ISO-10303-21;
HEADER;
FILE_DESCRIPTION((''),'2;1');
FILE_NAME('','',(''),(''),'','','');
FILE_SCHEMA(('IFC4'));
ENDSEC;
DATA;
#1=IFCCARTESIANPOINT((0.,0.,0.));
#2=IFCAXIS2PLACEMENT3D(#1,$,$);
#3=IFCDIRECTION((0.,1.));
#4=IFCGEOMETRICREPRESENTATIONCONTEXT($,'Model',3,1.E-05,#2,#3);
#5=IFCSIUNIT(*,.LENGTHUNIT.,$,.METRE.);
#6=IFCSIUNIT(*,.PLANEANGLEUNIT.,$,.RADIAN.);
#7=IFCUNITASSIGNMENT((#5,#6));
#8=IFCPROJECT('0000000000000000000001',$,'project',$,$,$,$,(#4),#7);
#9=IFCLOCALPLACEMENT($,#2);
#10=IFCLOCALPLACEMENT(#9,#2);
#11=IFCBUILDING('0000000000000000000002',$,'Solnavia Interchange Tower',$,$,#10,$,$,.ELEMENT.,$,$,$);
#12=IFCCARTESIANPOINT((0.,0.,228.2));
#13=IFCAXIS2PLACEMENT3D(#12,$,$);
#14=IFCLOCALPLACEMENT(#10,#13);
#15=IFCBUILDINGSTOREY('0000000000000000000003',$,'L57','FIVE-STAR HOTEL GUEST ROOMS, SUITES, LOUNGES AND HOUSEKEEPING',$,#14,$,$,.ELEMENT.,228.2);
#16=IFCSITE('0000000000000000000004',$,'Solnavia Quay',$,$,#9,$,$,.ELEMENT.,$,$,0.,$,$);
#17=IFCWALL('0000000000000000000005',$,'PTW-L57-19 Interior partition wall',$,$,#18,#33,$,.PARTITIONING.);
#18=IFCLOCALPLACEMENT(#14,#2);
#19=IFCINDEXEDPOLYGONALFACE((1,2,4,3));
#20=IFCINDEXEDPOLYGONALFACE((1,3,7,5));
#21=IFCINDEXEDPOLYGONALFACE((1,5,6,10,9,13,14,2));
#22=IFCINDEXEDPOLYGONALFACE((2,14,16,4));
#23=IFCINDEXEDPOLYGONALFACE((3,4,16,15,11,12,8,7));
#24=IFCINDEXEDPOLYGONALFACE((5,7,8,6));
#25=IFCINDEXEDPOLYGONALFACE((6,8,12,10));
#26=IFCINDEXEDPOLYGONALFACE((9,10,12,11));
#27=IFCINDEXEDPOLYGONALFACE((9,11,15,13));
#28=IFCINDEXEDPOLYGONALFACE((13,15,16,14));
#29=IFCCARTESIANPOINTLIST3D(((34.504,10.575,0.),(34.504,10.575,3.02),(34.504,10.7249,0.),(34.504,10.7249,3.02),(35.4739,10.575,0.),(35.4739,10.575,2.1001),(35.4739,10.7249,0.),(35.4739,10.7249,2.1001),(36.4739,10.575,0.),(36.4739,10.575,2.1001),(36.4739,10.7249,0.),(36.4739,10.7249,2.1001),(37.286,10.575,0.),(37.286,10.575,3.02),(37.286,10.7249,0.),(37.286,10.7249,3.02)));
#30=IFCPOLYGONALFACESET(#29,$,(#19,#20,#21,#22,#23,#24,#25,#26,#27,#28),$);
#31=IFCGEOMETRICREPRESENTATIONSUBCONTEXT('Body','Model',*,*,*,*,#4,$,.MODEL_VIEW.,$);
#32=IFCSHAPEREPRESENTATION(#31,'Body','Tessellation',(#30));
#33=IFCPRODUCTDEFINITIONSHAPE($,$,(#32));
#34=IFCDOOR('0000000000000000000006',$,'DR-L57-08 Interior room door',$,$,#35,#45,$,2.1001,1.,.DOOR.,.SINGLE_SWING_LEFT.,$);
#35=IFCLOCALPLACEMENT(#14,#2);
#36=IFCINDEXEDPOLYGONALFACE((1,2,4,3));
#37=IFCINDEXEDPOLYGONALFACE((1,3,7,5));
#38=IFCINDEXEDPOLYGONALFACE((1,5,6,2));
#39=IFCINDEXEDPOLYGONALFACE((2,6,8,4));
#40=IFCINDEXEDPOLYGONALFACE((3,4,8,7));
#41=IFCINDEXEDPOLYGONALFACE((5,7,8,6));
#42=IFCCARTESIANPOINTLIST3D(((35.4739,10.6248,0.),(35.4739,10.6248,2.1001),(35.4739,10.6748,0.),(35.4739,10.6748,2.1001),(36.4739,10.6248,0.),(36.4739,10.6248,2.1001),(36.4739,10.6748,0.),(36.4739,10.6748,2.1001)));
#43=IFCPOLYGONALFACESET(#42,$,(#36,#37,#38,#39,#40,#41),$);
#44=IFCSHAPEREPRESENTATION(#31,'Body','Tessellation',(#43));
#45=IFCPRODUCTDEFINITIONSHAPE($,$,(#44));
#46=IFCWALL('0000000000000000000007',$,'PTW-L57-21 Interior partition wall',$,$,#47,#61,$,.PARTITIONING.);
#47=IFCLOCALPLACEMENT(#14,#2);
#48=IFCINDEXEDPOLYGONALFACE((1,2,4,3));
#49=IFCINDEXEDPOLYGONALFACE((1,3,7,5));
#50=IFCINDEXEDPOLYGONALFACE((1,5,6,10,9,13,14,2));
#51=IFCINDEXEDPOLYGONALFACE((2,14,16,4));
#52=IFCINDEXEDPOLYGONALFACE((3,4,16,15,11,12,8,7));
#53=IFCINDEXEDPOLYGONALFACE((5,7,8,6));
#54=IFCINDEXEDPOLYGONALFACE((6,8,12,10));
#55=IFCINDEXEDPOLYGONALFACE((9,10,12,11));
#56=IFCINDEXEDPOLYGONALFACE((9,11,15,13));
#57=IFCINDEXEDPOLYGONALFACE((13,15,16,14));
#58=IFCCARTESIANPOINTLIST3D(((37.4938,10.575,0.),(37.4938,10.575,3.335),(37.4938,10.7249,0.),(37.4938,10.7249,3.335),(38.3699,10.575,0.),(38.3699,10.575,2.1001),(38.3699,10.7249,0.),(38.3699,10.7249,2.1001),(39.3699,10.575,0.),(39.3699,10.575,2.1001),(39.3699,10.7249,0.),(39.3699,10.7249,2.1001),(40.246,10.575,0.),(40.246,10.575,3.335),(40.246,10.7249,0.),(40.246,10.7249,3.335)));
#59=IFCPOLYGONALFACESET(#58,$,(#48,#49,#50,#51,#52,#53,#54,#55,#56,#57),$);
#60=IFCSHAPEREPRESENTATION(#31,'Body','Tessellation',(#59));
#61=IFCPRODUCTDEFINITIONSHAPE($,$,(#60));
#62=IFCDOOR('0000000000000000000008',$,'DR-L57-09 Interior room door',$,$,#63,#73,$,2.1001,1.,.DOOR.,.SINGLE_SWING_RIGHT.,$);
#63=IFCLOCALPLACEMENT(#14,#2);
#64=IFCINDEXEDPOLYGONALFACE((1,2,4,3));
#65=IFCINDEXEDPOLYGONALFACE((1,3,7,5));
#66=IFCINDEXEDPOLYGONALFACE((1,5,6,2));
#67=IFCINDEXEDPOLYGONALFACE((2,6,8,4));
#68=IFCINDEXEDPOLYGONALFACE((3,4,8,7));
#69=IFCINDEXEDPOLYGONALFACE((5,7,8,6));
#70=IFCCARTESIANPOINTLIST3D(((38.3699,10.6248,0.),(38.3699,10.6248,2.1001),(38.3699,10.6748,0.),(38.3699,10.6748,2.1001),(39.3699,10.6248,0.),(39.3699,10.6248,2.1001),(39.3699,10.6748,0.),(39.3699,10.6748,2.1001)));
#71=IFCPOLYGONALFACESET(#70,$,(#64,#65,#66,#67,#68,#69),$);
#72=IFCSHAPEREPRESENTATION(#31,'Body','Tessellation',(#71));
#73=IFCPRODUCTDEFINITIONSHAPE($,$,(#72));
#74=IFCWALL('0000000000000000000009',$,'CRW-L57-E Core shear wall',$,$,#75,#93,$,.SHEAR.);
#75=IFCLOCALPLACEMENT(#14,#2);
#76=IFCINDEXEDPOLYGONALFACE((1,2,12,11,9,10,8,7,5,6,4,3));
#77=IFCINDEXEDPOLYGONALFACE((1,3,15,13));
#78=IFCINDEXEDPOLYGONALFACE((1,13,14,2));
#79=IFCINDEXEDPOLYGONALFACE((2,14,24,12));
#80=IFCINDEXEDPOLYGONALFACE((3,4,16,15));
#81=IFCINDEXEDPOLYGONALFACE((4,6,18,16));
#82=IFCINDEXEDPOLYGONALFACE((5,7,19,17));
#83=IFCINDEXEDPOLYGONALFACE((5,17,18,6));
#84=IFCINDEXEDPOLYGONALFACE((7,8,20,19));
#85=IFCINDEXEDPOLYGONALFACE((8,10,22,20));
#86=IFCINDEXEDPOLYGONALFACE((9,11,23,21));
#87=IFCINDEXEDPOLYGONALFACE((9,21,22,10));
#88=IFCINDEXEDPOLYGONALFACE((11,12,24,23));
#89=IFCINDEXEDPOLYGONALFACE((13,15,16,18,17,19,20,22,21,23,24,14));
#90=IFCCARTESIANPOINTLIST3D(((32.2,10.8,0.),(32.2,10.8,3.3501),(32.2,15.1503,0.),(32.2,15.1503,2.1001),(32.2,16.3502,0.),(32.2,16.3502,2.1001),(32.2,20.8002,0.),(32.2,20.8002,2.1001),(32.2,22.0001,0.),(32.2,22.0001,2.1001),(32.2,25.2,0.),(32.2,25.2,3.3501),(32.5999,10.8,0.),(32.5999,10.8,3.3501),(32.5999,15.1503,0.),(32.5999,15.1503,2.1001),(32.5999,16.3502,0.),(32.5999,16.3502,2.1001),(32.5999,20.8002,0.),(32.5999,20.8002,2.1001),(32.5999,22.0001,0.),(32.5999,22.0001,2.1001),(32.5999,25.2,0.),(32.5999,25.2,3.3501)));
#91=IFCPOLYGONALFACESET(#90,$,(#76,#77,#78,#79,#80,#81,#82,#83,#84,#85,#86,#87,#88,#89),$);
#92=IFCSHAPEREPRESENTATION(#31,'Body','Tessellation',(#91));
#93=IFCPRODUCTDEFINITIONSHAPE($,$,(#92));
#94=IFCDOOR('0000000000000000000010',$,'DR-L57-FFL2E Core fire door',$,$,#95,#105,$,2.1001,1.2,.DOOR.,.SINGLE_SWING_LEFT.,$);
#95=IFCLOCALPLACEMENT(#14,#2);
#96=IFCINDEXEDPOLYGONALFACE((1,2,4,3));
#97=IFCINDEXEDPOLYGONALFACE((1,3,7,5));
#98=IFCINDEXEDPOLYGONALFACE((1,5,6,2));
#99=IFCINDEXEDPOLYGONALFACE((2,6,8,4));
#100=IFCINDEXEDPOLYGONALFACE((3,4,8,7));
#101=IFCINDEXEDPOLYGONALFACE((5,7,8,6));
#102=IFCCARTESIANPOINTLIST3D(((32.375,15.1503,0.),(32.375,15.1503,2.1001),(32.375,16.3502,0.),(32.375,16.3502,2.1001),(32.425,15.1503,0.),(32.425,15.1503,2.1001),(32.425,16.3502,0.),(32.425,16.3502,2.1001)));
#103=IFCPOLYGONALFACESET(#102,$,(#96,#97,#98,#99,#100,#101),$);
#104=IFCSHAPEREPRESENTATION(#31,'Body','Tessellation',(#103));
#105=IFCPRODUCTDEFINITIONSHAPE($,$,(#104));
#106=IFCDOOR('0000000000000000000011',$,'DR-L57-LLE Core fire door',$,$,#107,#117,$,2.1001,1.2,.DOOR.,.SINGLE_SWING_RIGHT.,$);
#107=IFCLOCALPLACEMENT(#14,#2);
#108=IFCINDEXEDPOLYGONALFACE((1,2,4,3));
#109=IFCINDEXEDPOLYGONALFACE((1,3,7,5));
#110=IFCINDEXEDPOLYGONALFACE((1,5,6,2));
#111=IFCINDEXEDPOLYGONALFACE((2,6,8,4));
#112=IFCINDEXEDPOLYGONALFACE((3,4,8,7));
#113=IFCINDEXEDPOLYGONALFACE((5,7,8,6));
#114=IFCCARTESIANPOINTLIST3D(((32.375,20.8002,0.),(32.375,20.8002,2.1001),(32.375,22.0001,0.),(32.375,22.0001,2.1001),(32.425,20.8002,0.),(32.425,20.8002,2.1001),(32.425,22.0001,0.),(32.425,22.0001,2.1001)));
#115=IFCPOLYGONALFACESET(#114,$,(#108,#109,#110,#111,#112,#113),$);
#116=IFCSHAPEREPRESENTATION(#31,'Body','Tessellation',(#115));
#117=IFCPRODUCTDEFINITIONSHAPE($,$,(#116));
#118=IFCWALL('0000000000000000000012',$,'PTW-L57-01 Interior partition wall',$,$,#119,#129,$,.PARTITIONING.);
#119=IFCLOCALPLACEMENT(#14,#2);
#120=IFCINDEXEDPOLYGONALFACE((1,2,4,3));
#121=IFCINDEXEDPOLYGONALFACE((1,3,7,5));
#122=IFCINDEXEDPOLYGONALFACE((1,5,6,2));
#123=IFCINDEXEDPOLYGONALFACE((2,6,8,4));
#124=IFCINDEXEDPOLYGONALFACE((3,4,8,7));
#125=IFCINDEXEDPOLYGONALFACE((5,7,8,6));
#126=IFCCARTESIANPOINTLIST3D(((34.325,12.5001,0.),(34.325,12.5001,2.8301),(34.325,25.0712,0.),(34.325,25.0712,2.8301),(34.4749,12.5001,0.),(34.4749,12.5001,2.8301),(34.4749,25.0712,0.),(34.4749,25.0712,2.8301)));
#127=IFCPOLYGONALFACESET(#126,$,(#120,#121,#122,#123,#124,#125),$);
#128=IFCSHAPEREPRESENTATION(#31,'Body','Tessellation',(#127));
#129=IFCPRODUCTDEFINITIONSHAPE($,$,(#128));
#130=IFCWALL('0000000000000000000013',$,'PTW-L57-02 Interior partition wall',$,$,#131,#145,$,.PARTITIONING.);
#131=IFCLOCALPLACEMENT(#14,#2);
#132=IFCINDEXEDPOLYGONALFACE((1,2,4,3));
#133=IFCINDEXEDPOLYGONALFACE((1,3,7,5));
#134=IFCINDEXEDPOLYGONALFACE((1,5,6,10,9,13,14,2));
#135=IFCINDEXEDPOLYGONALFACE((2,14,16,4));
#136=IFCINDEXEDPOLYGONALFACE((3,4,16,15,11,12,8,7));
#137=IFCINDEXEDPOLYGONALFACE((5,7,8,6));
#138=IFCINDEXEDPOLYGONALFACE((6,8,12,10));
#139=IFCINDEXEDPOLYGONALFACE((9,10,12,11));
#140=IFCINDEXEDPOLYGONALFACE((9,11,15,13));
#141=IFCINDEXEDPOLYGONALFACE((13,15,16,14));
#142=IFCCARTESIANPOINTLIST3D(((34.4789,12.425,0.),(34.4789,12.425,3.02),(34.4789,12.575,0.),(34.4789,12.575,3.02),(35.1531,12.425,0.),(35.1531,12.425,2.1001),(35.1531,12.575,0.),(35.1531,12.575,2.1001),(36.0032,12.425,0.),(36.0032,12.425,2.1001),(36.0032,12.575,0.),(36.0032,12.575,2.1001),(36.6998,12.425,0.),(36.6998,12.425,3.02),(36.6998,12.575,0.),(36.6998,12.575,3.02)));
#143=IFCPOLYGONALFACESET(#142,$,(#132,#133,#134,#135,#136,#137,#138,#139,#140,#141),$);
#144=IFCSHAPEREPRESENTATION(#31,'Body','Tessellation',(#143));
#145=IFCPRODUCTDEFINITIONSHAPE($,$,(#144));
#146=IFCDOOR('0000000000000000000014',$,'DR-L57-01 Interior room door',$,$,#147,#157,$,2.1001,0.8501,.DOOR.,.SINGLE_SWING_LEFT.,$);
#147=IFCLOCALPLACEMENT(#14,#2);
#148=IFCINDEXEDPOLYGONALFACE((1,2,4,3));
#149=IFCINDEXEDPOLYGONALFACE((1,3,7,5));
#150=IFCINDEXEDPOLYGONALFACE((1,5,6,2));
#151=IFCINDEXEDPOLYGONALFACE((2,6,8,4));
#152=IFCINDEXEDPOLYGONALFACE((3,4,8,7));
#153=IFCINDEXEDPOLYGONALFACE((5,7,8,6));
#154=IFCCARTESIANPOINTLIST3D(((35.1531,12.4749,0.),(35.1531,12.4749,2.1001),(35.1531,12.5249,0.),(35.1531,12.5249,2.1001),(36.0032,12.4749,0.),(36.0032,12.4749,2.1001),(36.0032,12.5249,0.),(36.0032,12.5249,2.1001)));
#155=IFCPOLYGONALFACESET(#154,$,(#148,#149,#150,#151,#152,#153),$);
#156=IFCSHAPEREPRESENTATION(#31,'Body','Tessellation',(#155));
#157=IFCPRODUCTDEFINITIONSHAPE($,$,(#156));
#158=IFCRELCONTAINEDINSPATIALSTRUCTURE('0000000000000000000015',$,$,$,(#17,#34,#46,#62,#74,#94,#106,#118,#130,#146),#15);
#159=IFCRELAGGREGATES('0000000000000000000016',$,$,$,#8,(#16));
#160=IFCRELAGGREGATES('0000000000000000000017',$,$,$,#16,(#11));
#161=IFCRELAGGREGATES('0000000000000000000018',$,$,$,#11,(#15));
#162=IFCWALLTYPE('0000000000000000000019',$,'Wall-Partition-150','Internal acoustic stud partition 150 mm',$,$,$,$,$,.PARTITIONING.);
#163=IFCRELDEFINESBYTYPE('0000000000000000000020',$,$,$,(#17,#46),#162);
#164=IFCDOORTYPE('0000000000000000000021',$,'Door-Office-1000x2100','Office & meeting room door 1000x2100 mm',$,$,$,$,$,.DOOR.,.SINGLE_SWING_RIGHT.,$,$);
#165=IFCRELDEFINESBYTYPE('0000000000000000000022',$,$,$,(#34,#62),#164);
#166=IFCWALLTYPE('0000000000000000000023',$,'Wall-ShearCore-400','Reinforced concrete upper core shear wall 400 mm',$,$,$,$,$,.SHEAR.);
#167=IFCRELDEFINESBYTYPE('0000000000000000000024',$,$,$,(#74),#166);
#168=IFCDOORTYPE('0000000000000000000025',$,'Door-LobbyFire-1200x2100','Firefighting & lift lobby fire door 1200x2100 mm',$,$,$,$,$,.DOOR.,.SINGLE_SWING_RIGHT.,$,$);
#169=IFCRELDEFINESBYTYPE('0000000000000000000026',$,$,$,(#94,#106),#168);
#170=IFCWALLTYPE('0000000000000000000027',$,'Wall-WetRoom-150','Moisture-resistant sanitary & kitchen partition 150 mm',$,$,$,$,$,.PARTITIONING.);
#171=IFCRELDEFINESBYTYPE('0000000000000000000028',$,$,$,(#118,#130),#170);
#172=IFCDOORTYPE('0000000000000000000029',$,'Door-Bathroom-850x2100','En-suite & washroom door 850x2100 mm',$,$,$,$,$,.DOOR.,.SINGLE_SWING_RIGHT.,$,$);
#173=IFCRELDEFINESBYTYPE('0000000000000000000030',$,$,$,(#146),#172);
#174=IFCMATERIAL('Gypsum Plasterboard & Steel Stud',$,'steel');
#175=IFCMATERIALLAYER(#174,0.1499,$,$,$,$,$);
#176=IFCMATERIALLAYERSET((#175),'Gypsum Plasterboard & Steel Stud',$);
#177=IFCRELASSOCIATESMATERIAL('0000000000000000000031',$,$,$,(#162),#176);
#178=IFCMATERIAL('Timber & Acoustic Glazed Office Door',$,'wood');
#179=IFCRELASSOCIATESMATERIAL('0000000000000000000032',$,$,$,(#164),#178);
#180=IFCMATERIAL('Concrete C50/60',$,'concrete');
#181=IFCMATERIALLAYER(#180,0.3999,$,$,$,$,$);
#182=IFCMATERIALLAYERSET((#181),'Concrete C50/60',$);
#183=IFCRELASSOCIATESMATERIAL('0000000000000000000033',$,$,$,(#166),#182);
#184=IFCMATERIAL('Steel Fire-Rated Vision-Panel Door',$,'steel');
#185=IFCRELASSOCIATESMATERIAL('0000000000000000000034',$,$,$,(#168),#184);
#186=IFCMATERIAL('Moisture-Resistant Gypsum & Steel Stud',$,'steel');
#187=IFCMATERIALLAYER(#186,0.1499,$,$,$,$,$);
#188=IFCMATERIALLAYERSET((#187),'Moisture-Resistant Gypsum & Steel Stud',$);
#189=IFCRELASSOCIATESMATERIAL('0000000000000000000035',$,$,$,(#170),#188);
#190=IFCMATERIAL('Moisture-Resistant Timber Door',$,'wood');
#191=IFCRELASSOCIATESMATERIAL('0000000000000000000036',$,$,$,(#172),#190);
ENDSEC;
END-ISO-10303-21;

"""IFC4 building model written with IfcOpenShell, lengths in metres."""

from ifc_helpers import new_model, si_unit, direction, frame, frame_2d, origin, place, context, subcontext, project, spatial, rectangle, extrude, material, layer, layer_set, type_object, element, fill, save


model = new_model("IFC4")

# Units and contexts
model_context = context("Model", 3, precision=1e-05, world=origin(), true_north=direction((0.0, 1.0)))
body_context = subcontext(model_context, "Body", "Model", "MODEL_VIEW")
ifc_project = project(units=[si_unit("LENGTHUNIT", "METRE"), si_unit("PLANEANGLEUNIT", "RADIAN")], contexts=[model_context])

# Site, building, storey
site_placement = place(None, origin())
site = spatial("IfcSite", under=ifc_project, at=site_placement, Name="Solnavia Quay", CompositionType="ELEMENT", RefElevation=0.0)
building_placement = place(site_placement, origin())
building = spatial("IfcBuilding", under=site, at=building_placement, Name="Solnavia Interchange Tower", CompositionType="ELEMENT")
storey_placement = place(building_placement, frame((0.0, 0.0, 228.2)))
storey = spatial("IfcBuildingStorey", under=building, at=storey_placement, Name="L57", Description="FIVE-STAR HOTEL GUEST ROOMS, SUITES, LOUNGES AND HOUSEKEEPING", CompositionType="ELEMENT", Elevation=228.2)

# Shared definitions
ifc_material_1 = material(Name="Concrete C50/60", Category="concrete")

# Walls, openings, doors
ifc_material_2 = material(Name="Gypsum Plasterboard & Steel Stud", Category="steel")
ifc_layer_1 = layer(ifc_material_2, 0.1499)
ifc_layer_set_1 = layer_set([ifc_layer_1], Name="Gypsum Plasterboard & Steel Stud")
wall_type_1 = type_object("IfcWallType", Name="Wall-Partition-150", Description="Internal acoustic stud partition 150 mm", PredefinedType="PARTITIONING", material=ifc_layer_set_1)
wall_1_placement = place(storey_placement, frame((34.5039, 10.6499, 0.0), z_axis=(0.0, 0.0, 1.0), x_axis=(1.0, 0.0, 0.0)))
wall_1 = element("IfcWall", 1, at=wall_1_placement, inside=storey, type_object=wall_type_1, Name="PTW-L57-19 Interior partition wall", PredefinedType="PARTITIONING", context=body_context, shape_type="SweptSolid", body=[
    extrude(rectangle(XDim=2.782, YDim=0.1499, at=frame_2d((1.3911, 0.0))), origin(), (0.0, 0.0, 1.0), 3.02),
])
opening_1_placement = place(wall_1_placement, frame((0.97, 0.0, 0.0)))
opening_1 = element("IfcOpeningElement", 2, at=opening_1_placement, cuts=wall_1, PredefinedType="OPENING", context=body_context, shape_type="SweptSolid", body=[
    extrude(rectangle(XDim=1.0, YDim=2.1001, at=frame_2d((0.5, 1.05))), frame((0.0, 0.085, 0.0), z_axis=(0.0, -1.0, 0.0), x_axis=(1.0, 0.0, 0.0)), (0.0, 0.0, 1.0), 0.1699),
])
ifc_material_3 = material(Name="Timber & Acoustic Glazed Office Door", Category="wood")
door_type_1 = type_object("IfcDoorType", Name="Door-Office-1000x2100", Description="Office & meeting room door 1000x2100 mm", OperationType="SINGLE_SWING_RIGHT", PredefinedType="DOOR", material=ifc_material_3)
door_1_placement = place(opening_1_placement, origin())
door_1 = element("IfcDoor", 3, at=door_1_placement, inside=storey, type_object=door_type_1, Name="DR-L57-08 Interior room door", OperationType="SINGLE_SWING_LEFT", OverallHeight=2.1001, OverallWidth=1.0, PredefinedType="DOOR", context=body_context, shape_type="SweptSolid", body=[
    extrude(rectangle(XDim=1.0, YDim=2.1001, at=frame_2d((0.5, 1.05))), frame((0.0, 0.0249, 0.0), z_axis=(0.0, -1.0, 0.0), x_axis=(1.0, 0.0, 0.0)), (0.0, 0.0, 1.0), 0.05),
])
fill(opening_1, door_1)
wall_2_placement = place(storey_placement, frame((37.4939, 10.6499, 0.0), z_axis=(0.0, 0.0, 1.0), x_axis=(1.0, 0.0, 0.0)))
wall_2 = element("IfcWall", 4, at=wall_2_placement, inside=storey, type_object=wall_type_1, Name="PTW-L57-21 Interior partition wall", PredefinedType="PARTITIONING", context=body_context, shape_type="SweptSolid", body=[
    extrude(rectangle(XDim=2.7522, YDim=0.1499, at=frame_2d((1.376, 0.0))), origin(), (0.0, 0.0, 1.0), 3.335),
])
opening_2_placement = place(wall_2_placement, frame((0.876, 0.0, 0.0)))
opening_2 = element("IfcOpeningElement", 5, at=opening_2_placement, cuts=wall_2, PredefinedType="OPENING", context=body_context, shape_type="SweptSolid", body=[
    extrude(rectangle(XDim=1.0, YDim=2.1001, at=frame_2d((0.5, 1.05))), frame((0.0, 0.085, 0.0), z_axis=(0.0, -1.0, 0.0), x_axis=(1.0, 0.0, 0.0)), (0.0, 0.0, 1.0), 0.1699),
])
door_2_placement = place(opening_2_placement, origin())
door_2 = element("IfcDoor", 6, at=door_2_placement, inside=storey, type_object=door_type_1, Name="DR-L57-09 Interior room door", OperationType="SINGLE_SWING_RIGHT", OverallHeight=2.1001, OverallWidth=1.0, PredefinedType="DOOR", context=body_context, shape_type="SweptSolid", body=[
    extrude(rectangle(XDim=1.0, YDim=2.1001, at=frame_2d((0.5, 1.05))), frame((0.0, 0.0249, 0.0), z_axis=(0.0, -1.0, 0.0), x_axis=(1.0, 0.0, 0.0)), (0.0, 0.0, 1.0), 0.05),
])
fill(opening_2, door_2)

# Wall, openings, doors
ifc_layer_2 = layer(ifc_material_1, 0.3999)
ifc_layer_set_2 = layer_set([ifc_layer_2], Name="Concrete C50/60")
wall_type_2 = type_object("IfcWallType", Name="Wall-ShearCore-400", Description="Reinforced concrete upper core shear wall 400 mm", PredefinedType="SHEAR", material=ifc_layer_set_2)
wall_3_placement = place(storey_placement, frame((32.3999, 10.8, 0.0), z_axis=(0.0, 0.0, 1.0), x_axis=(0.0, 1.0, 0.0)))
wall_3 = element("IfcWall", 7, at=wall_3_placement, inside=storey, type_object=wall_type_2, Name="CRW-L57-E Core shear wall", PredefinedType="SHEAR", context=body_context, shape_type="SweptSolid", body=[
    extrude(rectangle(XDim=14.3999, YDim=0.3999, at=frame_2d((7.2, 0.0))), origin(), (0.0, 0.0, 1.0), 3.3501),
])
opening_3_placement = place(wall_3_placement, frame((4.3501, 0.0, 0.0)))
opening_3 = element("IfcOpeningElement", 8, at=opening_3_placement, cuts=wall_3, PredefinedType="OPENING", context=body_context, shape_type="SweptSolid", body=[
    extrude(rectangle(XDim=1.2, YDim=2.1001, at=frame_2d((0.6001, 1.05))), frame((0.0, 0.21, 0.0), z_axis=(0.0, -1.0, 0.0), x_axis=(1.0, 0.0, 0.0)), (0.0, 0.0, 1.0), 0.4199),
])
opening_4_placement = place(wall_3_placement, frame((10.0, 0.0, 0.0)))
opening_4 = element("IfcOpeningElement", 9, at=opening_4_placement, cuts=wall_3, PredefinedType="OPENING", context=body_context, shape_type="SweptSolid", body=[
    extrude(rectangle(XDim=1.2, YDim=2.1001, at=frame_2d((0.6001, 1.05))), frame((0.0, 0.21, 0.0), z_axis=(0.0, -1.0, 0.0), x_axis=(1.0, 0.0, 0.0)), (0.0, 0.0, 1.0), 0.4199),
])
ifc_material_4 = material(Name="Steel Fire-Rated Vision-Panel Door", Category="steel")
door_type_2 = type_object("IfcDoorType", Name="Door-LobbyFire-1200x2100", Description="Firefighting & lift lobby fire door 1200x2100 mm", OperationType="SINGLE_SWING_RIGHT", PredefinedType="DOOR", material=ifc_material_4)
door_3_placement = place(opening_3_placement, origin())
door_3 = element("IfcDoor", 10, at=door_3_placement, inside=storey, type_object=door_type_2, Name="DR-L57-FFL2E Core fire door", OperationType="SINGLE_SWING_LEFT", OverallHeight=2.1001, OverallWidth=1.2, PredefinedType="DOOR", context=body_context, shape_type="SweptSolid", body=[
    extrude(rectangle(XDim=1.2, YDim=2.1001, at=frame_2d((0.6001, 1.05))), frame((0.0, 0.0249, 0.0), z_axis=(0.0, -1.0, 0.0), x_axis=(1.0, 0.0, 0.0)), (0.0, 0.0, 1.0), 0.05),
])
fill(opening_3, door_3)
door_4_placement = place(opening_4_placement, origin())
door_4 = element("IfcDoor", 11, at=door_4_placement, inside=storey, type_object=door_type_2, Name="DR-L57-LLE Core fire door", OperationType="SINGLE_SWING_RIGHT", OverallHeight=2.1001, OverallWidth=1.2, PredefinedType="DOOR", context=body_context, shape_type="SweptSolid", body=[
    extrude(rectangle(XDim=1.2, YDim=2.1001, at=frame_2d((0.6001, 1.05))), frame((0.0, 0.0249, 0.0), z_axis=(0.0, -1.0, 0.0), x_axis=(1.0, 0.0, 0.0)), (0.0, 0.0, 1.0), 0.05),
])
fill(opening_4, door_4)

# Wall
ifc_material_5 = material(Name="Moisture-Resistant Gypsum & Steel Stud", Category="steel")
ifc_layer_3 = layer(ifc_material_5, 0.1499)
ifc_layer_set_3 = layer_set([ifc_layer_3], Name="Moisture-Resistant Gypsum & Steel Stud")
wall_type_3 = type_object("IfcWallType", Name="Wall-WetRoom-150", Description="Moisture-resistant sanitary & kitchen partition 150 mm", PredefinedType="PARTITIONING", material=ifc_layer_set_3)
wall_4_placement = place(storey_placement, frame((34.3999, 12.5, 0.0), z_axis=(0.0, 0.0, 1.0), x_axis=(0.0, 1.0, 0.0)))
element("IfcWall", 12, at=wall_4_placement, inside=storey, type_object=wall_type_3, Name="PTW-L57-01 Interior partition wall", PredefinedType="PARTITIONING", context=body_context, shape_type="SweptSolid", body=[
    extrude(rectangle(XDim=12.571, YDim=0.1499, at=frame_2d((6.2856, 0.0))), origin(), (0.0, 0.0, 1.0), 2.8301),
])

# Wall, opening, door
wall_5_placement = place(storey_placement, frame((34.479, 12.5, 0.0), z_axis=(0.0, 0.0, 1.0), x_axis=(1.0, 0.0, 0.0)))
wall_5 = element("IfcWall", 13, at=wall_5_placement, inside=storey, type_object=wall_type_3, Name="PTW-L57-02 Interior partition wall", PredefinedType="PARTITIONING", context=body_context, shape_type="SweptSolid", body=[
    extrude(rectangle(XDim=2.2209, YDim=0.1499, at=frame_2d((1.1104, 0.0))), origin(), (0.0, 0.0, 1.0), 3.02),
])
opening_5_placement = place(wall_5_placement, frame((0.6741, 0.0, 0.0)))
opening_5 = element("IfcOpeningElement", 14, at=opening_5_placement, cuts=wall_5, PredefinedType="OPENING", context=body_context, shape_type="SweptSolid", body=[
    extrude(rectangle(XDim=0.8501, YDim=2.1001, at=frame_2d((0.425, 1.05))), frame((0.0, 0.085, 0.0), z_axis=(0.0, -1.0, 0.0), x_axis=(1.0, 0.0, 0.0)), (0.0, 0.0, 1.0), 0.1699),
])
ifc_material_6 = material(Name="Moisture-Resistant Timber Door", Category="wood")
door_type_3 = type_object("IfcDoorType", Name="Door-Bathroom-850x2100", Description="En-suite & washroom door 850x2100 mm", OperationType="SINGLE_SWING_RIGHT", PredefinedType="DOOR", material=ifc_material_6)
door_5_placement = place(opening_5_placement, origin())
door_5 = element("IfcDoor", 15, at=door_5_placement, inside=storey, type_object=door_type_3, Name="DR-L57-01 Interior room door", OperationType="SINGLE_SWING_LEFT", OverallHeight=2.1001, OverallWidth=0.8501, PredefinedType="DOOR", context=body_context, shape_type="SweptSolid", body=[
    extrude(rectangle(XDim=0.8501, YDim=2.1001, at=frame_2d((0.425, 1.05))), frame((0.0, 0.0249, 0.0), z_axis=(0.0, -1.0, 0.0), x_axis=(1.0, 0.0, 0.0)), (0.0, 0.0, 1.0), 0.05),
])
fill(opening_5, door_5)

save(model, "model.ifc")
